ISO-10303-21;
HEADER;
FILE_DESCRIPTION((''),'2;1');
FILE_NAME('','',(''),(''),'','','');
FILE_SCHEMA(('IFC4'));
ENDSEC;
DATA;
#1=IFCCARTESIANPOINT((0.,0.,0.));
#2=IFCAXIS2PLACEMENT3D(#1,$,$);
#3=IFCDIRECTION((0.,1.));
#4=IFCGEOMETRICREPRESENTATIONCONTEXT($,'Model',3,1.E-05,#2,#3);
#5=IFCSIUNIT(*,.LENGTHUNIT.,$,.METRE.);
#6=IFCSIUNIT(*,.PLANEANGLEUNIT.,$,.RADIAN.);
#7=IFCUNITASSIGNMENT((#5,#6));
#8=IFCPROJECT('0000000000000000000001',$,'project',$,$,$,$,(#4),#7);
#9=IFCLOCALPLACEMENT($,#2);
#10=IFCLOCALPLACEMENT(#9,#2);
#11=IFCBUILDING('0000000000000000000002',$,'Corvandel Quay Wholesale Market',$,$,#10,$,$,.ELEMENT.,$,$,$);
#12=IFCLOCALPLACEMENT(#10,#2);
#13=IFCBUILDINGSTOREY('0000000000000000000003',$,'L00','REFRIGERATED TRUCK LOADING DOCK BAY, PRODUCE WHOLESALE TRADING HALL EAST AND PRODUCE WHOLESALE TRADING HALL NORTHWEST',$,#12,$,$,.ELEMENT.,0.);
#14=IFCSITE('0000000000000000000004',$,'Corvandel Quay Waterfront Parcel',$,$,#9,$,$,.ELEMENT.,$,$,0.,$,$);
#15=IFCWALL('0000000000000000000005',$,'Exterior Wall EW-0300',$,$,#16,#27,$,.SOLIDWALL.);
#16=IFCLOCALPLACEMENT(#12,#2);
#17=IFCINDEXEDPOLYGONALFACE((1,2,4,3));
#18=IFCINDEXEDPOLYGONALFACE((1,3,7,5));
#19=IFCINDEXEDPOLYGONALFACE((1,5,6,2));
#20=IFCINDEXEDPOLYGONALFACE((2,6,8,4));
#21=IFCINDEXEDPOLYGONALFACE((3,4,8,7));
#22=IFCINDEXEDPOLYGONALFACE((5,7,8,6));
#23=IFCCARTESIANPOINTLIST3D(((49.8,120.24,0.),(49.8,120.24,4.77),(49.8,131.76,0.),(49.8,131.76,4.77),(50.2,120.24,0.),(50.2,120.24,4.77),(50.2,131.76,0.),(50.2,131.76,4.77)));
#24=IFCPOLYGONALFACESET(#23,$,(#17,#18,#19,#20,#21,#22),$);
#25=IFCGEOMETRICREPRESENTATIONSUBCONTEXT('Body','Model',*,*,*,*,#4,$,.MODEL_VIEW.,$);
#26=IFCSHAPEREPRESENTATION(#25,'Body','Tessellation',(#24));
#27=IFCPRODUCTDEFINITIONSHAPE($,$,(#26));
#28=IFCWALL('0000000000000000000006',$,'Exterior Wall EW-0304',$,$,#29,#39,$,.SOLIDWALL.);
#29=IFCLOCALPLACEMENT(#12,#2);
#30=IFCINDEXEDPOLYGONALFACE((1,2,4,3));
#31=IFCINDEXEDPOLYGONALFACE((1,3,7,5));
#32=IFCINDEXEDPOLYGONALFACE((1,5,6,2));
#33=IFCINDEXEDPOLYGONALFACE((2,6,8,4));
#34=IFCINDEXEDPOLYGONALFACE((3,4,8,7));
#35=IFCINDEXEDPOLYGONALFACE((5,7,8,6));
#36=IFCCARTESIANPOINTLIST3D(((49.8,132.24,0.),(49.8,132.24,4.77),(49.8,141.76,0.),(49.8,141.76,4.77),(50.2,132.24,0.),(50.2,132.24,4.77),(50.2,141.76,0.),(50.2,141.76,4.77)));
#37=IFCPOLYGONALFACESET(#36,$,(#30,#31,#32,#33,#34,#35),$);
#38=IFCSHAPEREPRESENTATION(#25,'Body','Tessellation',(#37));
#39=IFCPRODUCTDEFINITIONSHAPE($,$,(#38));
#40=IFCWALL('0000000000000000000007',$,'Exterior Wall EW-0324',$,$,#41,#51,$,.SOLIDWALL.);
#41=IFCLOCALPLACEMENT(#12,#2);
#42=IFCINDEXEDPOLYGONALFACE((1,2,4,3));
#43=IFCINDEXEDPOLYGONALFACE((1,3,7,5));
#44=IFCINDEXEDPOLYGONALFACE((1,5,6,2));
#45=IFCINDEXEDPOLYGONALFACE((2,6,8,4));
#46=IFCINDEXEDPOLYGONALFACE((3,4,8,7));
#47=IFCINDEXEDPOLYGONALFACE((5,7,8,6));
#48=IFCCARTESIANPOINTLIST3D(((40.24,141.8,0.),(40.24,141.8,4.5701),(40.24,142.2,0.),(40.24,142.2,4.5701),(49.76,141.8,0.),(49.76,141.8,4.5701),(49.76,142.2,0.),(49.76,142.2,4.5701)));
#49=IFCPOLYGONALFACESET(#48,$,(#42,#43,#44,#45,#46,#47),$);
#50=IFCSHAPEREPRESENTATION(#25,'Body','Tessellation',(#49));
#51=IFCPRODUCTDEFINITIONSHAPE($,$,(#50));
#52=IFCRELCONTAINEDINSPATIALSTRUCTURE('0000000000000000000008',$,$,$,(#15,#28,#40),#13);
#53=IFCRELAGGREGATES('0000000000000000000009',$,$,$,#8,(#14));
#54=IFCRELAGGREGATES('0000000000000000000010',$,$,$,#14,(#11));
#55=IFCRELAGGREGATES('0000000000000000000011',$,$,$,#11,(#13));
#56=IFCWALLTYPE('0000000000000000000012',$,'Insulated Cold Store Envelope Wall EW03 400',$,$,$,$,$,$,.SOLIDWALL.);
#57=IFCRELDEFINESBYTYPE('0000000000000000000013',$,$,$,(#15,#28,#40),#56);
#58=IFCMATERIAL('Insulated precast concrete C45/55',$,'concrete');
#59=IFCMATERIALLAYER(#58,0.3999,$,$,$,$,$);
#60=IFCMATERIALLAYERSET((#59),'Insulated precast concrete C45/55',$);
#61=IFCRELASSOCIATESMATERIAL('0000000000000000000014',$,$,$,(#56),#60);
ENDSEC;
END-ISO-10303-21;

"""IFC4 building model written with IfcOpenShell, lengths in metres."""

from ifc_helpers import new_model, si_unit, direction, frame, frame_2d, origin, place, context, subcontext, project, spatial, rectangle, extrude, material, layer, layer_set, type_object, element, save


model = new_model("IFC4")

# Units and contexts
model_context = context("Model", 3, precision=1e-05, world=origin(), true_north=direction((0.0, 1.0)))
body_context = subcontext(model_context, "Body", "Model", "MODEL_VIEW")
ifc_project = project(units=[si_unit("LENGTHUNIT", "METRE"), si_unit("PLANEANGLEUNIT", "RADIAN")], contexts=[model_context])

# Site, building, storey
site_placement = place(None, origin())
site = spatial("IfcSite", under=ifc_project, at=site_placement, Name="Corvandel Quay Waterfront Parcel", CompositionType="ELEMENT", RefElevation=0.0)
building_placement = place(site_placement, origin())
building = spatial("IfcBuilding", under=site, at=building_placement, Name="Corvandel Quay Wholesale Market", CompositionType="ELEMENT")
storey_placement = place(building_placement, origin())
storey = spatial("IfcBuildingStorey", under=building, at=storey_placement, Name="L00", Description="REFRIGERATED TRUCK LOADING DOCK BAY, PRODUCE WHOLESALE TRADING HALL EAST AND PRODUCE WHOLESALE TRADING HALL NORTHWEST", CompositionType="ELEMENT", Elevation=0.0)

# Walls
ifc_material_1 = material(Name="Insulated precast concrete C45/55", Category="concrete")
ifc_layer_1 = layer(ifc_material_1, 0.3999)
ifc_layer_set_1 = layer_set([ifc_layer_1], Name="Insulated precast concrete C45/55")
wall_type = type_object("IfcWallType", Name="Insulated Cold Store Envelope Wall EW03 400", PredefinedType="SOLIDWALL", material=ifc_layer_set_1)
wall_1_placement = place(storey_placement, frame((50.0, 131.76, 0.0), z_axis=(0.0, 0.0, 1.0), x_axis=(0.0, -1.0, 0.0)))
element("IfcWall", 1, at=wall_1_placement, inside=storey, type_object=wall_type, Name="Exterior Wall EW-0300", PredefinedType="SOLIDWALL", context=body_context, shape_type="SweptSolid", body=[
    extrude(rectangle(XDim=11.52, YDim=0.3999, at=frame_2d((5.76, 0.0))), origin(), (0.0, 0.0, 1.0), 4.77),
])
wall_2_placement = place(storey_placement, frame((50.0, 141.76, 0.0), z_axis=(0.0, 0.0, 1.0), x_axis=(0.0, -1.0, 0.0)))
element("IfcWall", 2, at=wall_2_placement, inside=storey, type_object=wall_type, Name="Exterior Wall EW-0304", PredefinedType="SOLIDWALL", context=body_context, shape_type="SweptSolid", body=[
    extrude(rectangle(XDim=9.52, YDim=0.3999, at=frame_2d((4.76, 0.0))), origin(), (0.0, 0.0, 1.0), 4.77),
])
wall_3_placement = place(storey_placement, frame((40.24, 142.0, 0.0), z_axis=(0.0, 0.0, 1.0), x_axis=(1.0, 0.0, 0.0)))
element("IfcWall", 3, at=wall_3_placement, inside=storey, type_object=wall_type, Name="Exterior Wall EW-0324", PredefinedType="SOLIDWALL", context=body_context, shape_type="SweptSolid", body=[
    extrude(rectangle(XDim=9.52, YDim=0.3999, at=frame_2d((4.76, 0.0))), origin(), (0.0, 0.0, 1.0), 4.5701),
])

save(model, "model.ifc")
